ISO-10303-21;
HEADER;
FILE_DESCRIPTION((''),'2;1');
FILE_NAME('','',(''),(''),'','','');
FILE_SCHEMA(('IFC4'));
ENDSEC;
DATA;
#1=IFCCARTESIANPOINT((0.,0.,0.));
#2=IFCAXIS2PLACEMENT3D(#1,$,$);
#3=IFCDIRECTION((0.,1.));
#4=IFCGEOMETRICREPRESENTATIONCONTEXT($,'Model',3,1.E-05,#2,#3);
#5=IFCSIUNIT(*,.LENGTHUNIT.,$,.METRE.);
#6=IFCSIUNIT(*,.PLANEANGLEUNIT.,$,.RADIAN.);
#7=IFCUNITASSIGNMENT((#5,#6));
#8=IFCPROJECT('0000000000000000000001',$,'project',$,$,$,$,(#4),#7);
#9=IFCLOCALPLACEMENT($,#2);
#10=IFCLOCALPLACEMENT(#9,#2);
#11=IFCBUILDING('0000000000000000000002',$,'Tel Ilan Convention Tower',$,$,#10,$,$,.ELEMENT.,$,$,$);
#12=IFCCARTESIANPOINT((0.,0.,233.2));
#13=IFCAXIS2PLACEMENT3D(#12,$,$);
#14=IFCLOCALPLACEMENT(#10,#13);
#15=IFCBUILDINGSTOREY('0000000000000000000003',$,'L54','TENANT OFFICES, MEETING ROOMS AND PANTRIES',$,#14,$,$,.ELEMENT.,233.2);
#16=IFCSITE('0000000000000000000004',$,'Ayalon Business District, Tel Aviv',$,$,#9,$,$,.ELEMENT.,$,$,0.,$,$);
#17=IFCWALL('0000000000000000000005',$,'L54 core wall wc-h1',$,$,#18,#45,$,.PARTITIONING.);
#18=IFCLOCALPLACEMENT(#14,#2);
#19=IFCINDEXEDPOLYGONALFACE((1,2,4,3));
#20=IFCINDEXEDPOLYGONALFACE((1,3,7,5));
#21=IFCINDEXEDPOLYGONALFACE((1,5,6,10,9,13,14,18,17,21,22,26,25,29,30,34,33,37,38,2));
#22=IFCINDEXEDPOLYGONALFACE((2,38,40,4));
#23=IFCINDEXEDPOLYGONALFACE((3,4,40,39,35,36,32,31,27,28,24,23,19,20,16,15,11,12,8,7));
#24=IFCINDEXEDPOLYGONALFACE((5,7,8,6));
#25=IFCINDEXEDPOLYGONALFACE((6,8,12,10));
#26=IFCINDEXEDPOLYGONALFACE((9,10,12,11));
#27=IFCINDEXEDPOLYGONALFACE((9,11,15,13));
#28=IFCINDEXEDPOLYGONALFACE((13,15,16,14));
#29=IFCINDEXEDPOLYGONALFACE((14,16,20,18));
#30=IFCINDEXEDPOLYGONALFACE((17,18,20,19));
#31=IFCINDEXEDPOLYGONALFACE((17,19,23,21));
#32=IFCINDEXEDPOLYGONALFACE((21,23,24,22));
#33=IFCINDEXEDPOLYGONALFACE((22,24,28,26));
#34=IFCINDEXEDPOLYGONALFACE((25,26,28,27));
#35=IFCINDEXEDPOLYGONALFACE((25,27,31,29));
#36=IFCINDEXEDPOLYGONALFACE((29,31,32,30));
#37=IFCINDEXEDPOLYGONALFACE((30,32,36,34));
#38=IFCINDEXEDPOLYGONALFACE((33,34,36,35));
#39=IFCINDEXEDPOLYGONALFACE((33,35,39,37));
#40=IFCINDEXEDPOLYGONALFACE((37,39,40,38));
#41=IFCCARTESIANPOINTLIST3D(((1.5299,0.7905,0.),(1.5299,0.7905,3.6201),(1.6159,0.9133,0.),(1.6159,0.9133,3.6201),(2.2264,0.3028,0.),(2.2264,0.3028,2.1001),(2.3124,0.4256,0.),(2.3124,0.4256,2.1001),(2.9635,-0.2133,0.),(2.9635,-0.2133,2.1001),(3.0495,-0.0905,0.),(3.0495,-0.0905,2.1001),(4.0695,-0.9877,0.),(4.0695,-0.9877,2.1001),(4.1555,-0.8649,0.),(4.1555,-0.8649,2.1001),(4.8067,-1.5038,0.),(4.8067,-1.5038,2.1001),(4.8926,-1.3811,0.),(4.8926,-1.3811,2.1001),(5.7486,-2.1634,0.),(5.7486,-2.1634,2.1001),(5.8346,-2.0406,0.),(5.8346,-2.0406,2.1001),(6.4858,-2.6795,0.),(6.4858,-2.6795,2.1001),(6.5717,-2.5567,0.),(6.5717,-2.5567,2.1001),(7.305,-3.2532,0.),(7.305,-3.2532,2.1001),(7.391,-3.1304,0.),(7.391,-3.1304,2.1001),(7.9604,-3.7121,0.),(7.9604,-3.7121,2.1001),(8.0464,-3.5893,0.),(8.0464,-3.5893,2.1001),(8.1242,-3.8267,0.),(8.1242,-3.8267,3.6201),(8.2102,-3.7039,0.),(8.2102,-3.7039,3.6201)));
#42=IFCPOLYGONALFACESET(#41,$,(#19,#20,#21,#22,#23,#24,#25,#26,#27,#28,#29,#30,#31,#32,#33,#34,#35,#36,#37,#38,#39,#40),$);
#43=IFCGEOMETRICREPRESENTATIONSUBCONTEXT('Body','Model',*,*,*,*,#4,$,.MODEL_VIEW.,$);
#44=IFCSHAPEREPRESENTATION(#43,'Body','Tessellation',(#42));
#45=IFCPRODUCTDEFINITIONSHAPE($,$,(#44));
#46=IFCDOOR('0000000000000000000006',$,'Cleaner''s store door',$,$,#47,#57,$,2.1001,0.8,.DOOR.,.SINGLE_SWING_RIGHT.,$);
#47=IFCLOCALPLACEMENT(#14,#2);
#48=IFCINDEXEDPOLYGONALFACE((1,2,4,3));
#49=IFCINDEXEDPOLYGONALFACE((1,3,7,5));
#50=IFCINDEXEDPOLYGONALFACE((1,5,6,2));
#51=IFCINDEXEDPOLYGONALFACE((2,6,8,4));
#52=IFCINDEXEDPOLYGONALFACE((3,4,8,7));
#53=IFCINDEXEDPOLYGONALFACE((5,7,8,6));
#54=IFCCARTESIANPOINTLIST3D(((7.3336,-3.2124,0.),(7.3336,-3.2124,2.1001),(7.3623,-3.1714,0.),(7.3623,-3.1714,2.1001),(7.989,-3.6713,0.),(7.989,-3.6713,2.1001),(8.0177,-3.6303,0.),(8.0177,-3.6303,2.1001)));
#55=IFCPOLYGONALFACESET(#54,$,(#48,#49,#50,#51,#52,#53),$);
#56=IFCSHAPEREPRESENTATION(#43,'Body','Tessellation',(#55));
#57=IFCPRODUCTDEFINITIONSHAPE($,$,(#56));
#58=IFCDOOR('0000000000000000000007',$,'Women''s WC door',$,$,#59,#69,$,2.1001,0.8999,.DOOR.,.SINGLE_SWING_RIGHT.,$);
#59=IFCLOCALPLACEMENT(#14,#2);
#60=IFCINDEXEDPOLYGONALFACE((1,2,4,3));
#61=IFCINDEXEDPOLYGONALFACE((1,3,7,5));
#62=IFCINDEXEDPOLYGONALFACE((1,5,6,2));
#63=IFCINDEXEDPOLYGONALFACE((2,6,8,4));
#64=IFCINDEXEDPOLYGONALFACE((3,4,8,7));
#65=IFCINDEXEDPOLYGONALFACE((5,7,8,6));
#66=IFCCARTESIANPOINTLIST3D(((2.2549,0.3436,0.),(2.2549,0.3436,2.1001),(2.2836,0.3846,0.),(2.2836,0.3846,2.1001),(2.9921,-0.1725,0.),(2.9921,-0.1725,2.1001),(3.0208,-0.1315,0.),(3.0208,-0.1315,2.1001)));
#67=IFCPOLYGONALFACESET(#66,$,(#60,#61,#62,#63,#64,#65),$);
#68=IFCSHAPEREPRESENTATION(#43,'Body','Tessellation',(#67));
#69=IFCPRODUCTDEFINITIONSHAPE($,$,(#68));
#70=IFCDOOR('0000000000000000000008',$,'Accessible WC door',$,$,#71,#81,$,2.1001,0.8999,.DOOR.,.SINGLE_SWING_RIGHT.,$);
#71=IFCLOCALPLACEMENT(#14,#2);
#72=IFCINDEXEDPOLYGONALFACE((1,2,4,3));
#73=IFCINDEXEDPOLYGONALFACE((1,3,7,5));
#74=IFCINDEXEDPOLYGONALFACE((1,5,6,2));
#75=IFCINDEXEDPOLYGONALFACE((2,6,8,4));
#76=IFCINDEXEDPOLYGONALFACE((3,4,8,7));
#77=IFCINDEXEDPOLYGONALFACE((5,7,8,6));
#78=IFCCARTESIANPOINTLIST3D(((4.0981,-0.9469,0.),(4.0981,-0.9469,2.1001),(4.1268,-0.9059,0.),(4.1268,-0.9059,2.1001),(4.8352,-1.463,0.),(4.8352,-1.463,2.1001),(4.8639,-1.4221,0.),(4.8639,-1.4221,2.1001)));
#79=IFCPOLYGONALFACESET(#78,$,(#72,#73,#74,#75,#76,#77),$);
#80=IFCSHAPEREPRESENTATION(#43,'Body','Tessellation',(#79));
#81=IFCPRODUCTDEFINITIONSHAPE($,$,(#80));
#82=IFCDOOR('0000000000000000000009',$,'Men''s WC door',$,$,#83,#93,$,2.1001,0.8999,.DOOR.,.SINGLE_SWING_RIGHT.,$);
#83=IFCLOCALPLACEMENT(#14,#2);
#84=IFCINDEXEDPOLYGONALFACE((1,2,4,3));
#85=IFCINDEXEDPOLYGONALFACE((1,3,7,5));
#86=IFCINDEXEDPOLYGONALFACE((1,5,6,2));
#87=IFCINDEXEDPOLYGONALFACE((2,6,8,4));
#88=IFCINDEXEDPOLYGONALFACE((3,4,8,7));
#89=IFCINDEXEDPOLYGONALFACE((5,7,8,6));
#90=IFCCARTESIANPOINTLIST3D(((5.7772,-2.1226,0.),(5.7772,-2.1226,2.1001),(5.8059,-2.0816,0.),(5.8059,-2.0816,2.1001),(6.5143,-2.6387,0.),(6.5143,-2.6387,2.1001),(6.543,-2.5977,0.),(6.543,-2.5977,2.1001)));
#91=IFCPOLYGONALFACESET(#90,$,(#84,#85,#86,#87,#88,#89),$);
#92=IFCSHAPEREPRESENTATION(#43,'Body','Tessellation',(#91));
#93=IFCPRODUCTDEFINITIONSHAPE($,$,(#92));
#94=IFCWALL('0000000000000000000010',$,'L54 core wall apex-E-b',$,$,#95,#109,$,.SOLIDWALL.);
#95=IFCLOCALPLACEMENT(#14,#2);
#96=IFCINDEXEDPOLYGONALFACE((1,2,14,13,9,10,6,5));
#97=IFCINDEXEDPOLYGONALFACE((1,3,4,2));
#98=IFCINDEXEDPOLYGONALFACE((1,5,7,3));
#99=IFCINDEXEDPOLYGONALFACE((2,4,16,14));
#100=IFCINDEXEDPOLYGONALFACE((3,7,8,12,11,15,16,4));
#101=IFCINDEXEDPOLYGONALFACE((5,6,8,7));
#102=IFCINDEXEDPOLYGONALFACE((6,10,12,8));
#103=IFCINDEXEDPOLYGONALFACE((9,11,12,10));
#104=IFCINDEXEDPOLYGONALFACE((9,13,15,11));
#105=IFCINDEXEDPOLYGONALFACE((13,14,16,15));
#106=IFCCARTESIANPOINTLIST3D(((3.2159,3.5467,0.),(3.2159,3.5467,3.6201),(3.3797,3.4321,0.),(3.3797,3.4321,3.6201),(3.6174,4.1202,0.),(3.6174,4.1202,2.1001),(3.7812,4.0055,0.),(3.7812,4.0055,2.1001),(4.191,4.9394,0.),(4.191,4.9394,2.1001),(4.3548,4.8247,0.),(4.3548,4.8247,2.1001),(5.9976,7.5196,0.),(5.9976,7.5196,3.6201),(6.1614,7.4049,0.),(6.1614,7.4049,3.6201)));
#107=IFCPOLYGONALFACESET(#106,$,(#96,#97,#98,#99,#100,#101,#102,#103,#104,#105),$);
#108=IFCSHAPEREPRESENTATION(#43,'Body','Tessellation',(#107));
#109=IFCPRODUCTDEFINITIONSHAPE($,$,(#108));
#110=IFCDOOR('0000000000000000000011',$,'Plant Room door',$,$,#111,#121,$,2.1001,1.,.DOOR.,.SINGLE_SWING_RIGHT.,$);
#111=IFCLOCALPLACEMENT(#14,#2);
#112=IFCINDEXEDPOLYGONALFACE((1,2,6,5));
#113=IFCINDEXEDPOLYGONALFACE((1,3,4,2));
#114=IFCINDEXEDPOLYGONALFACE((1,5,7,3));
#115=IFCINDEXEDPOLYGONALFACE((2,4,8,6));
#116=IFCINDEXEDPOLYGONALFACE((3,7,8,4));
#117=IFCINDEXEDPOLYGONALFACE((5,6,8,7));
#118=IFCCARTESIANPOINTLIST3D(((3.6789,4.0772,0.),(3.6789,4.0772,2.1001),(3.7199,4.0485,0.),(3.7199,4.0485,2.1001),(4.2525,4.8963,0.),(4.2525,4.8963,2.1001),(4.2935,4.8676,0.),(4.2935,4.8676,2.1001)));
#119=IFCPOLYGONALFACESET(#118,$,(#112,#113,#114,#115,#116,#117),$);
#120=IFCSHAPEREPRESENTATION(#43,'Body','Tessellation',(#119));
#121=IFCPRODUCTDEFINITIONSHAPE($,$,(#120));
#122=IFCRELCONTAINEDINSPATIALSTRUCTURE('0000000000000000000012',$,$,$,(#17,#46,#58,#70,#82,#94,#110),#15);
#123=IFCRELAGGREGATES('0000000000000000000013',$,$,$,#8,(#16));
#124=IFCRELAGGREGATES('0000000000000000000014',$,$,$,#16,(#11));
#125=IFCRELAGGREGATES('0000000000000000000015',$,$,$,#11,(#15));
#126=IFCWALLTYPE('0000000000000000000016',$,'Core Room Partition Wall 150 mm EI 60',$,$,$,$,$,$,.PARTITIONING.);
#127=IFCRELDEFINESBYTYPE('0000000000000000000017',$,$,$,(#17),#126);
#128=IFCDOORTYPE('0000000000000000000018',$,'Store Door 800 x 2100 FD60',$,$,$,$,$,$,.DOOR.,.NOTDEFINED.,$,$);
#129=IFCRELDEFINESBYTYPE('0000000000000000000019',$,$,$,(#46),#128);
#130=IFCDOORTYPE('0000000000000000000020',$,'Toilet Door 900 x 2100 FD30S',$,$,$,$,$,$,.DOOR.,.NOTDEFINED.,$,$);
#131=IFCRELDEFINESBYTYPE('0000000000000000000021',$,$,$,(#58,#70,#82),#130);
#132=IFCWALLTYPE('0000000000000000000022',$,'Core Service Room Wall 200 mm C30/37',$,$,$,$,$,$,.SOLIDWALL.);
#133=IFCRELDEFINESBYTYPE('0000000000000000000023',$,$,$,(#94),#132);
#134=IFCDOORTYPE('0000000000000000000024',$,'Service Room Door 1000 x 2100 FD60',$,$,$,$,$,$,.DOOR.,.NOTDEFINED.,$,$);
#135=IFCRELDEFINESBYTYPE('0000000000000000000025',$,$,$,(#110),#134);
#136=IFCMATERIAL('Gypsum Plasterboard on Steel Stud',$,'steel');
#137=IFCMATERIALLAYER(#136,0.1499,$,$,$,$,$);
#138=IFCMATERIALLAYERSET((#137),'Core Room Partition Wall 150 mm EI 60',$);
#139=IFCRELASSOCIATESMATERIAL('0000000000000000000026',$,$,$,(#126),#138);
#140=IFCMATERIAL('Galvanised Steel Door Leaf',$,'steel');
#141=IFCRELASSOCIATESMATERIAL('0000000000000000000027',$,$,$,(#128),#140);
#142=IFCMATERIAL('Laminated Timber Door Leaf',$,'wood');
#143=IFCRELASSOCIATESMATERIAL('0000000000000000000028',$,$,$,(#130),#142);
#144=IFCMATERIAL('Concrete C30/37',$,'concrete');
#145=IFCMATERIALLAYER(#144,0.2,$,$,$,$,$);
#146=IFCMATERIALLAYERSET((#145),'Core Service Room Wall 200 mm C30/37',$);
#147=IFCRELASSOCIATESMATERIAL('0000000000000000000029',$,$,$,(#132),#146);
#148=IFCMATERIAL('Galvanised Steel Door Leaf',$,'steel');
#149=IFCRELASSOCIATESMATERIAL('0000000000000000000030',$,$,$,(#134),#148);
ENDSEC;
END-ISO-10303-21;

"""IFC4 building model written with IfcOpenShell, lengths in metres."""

from ifc_helpers import new_model, si_unit, direction, frame, frame_2d, origin, place, context, subcontext, project, spatial, rectangle, extrude, material, layer, layer_set, type_object, element, fill, save


model = new_model("IFC4")

# Units and contexts
model_context = context("Model", 3, precision=1e-05, world=origin(), true_north=direction((0.0, 1.0)))
body_context = subcontext(model_context, "Body", "Model", "MODEL_VIEW")
ifc_project = project(units=[si_unit("LENGTHUNIT", "METRE"), si_unit("PLANEANGLEUNIT", "RADIAN")], contexts=[model_context])

# Site, building, storey
site_placement = place(None, origin())
site = spatial("IfcSite", under=ifc_project, at=site_placement, Name="Ayalon Business District, Tel Aviv", CompositionType="ELEMENT", RefElevation=0.0)
building_placement = place(site_placement, origin())
building = spatial("IfcBuilding", under=site, at=building_placement, Name="Tel Ilan Convention Tower", CompositionType="ELEMENT")
storey_placement = place(building_placement, frame((0.0, 0.0, 233.2)))
storey = spatial("IfcBuildingStorey", under=building, at=storey_placement, Name="L54", Description="TENANT OFFICES, MEETING ROOMS AND PANTRIES", CompositionType="ELEMENT", Elevation=233.2)

# Wall, openings, doors
ifc_material_1 = material(Name="Gypsum Plasterboard on Steel Stud", Category="steel")
ifc_layer_1 = layer(ifc_material_1, 0.1499)
ifc_layer_set_1 = layer_set([ifc_layer_1], Name="Core Room Partition Wall 150 mm EI 60")
wall_type_1 = type_object("IfcWallType", Name="Core Room Partition Wall 150 mm EI 60", PredefinedType="PARTITIONING", material=ifc_layer_set_1)
wall_1_placement = place(storey_placement, frame((1.573, 0.8518, 0.0), z_axis=(0.0, 0.0, 1.0), x_axis=(0.819161, -0.573564, 0.0)))
wall_1 = element("IfcWall", 1, at=wall_1_placement, inside=storey, type_object=wall_type_1, Name="L54 core wall wc-h1", PredefinedType="PARTITIONING", context=body_context, shape_type="SweptSolid", body=[
    extrude(rectangle(XDim=8.05, YDim=0.1499, at=frame_2d((4.0249, 0.0))), origin(), (0.0, 0.0, 1.0), 3.6201),
])
opening_1_placement = place(wall_1_placement, frame((0.8501, 0.0, 0.0)))
opening_1 = element("IfcOpeningElement", 2, at=opening_1_placement, cuts=wall_1, PredefinedType="OPENING", context=body_context, shape_type="SweptSolid", body=[
    extrude(rectangle(XDim=0.8999, YDim=2.1001, at=frame_2d((0.45, 1.05))), frame((0.0, 0.085, 0.0), z_axis=(0.0, -1.0, 0.0), x_axis=(1.0, 0.0, 0.0)), (0.0, 0.0, 1.0), 0.1699),
])
opening_2_placement = place(wall_1_placement, frame((3.1001, 0.0, 0.0)))
opening_2 = element("IfcOpeningElement", 3, at=opening_2_placement, cuts=wall_1, PredefinedType="OPENING", context=body_context, shape_type="SweptSolid", body=[
    extrude(rectangle(XDim=0.8999, YDim=2.1001, at=frame_2d((0.45, 1.05))), frame((0.0, 0.085, 0.0), z_axis=(0.0, -1.0, 0.0), x_axis=(1.0, 0.0, 0.0)), (0.0, 0.0, 1.0), 0.1699),
])
opening_3_placement = place(wall_1_placement, frame((5.1499, 0.0, 0.0)))
opening_3 = element("IfcOpeningElement", 4, at=opening_3_placement, cuts=wall_1, PredefinedType="OPENING", context=body_context, shape_type="SweptSolid", body=[
    extrude(rectangle(XDim=0.8999, YDim=2.1001, at=frame_2d((0.45, 1.05))), frame((0.0, 0.085, 0.0), z_axis=(0.0, -1.0, 0.0), x_axis=(1.0, 0.0, 0.0)), (0.0, 0.0, 1.0), 0.1699),
])
opening_4_placement = place(wall_1_placement, frame((7.05, 0.0, 0.0)))
opening_4 = element("IfcOpeningElement", 5, at=opening_4_placement, cuts=wall_1, PredefinedType="OPENING", context=body_context, shape_type="SweptSolid", body=[
    extrude(rectangle(XDim=0.8, YDim=2.1001, at=frame_2d((0.3999, 1.05))), frame((0.0, 0.085, 0.0), z_axis=(0.0, -1.0, 0.0), x_axis=(1.0, 0.0, 0.0)), (0.0, 0.0, 1.0), 0.1699),
])
ifc_material_2 = material(Name="Galvanised Steel Door Leaf", Category="steel")
door_type_1 = type_object("IfcDoorType", Name="Store Door 800 x 2100 FD60", OperationType="NOTDEFINED", PredefinedType="DOOR", material=ifc_material_2)
door_1_placement = place(opening_4_placement, origin())
door_1 = element("IfcDoor", 6, at=door_1_placement, inside=storey, type_object=door_type_1, Name="Cleaner's store door", OperationType="SINGLE_SWING_RIGHT", OverallHeight=2.1001, OverallWidth=0.8, PredefinedType="DOOR", context=body_context, shape_type="SweptSolid", body=[
    extrude(rectangle(XDim=0.8, YDim=2.1001, at=frame_2d((0.3999, 1.05))), frame((0.0, 0.0249, 0.0), z_axis=(0.0, -1.0, 0.0), x_axis=(1.0, 0.0, 0.0)), (0.0, 0.0, 1.0), 0.05),
])
fill(opening_4, door_1)
ifc_material_3 = material(Name="Laminated Timber Door Leaf", Category="wood")
door_type_2 = type_object("IfcDoorType", Name="Toilet Door 900 x 2100 FD30S", OperationType="NOTDEFINED", PredefinedType="DOOR", material=ifc_material_3)
door_2_placement = place(opening_1_placement, origin())
door_2 = element("IfcDoor", 7, at=door_2_placement, inside=storey, type_object=door_type_2, Name="Women's WC door", OperationType="SINGLE_SWING_RIGHT", OverallHeight=2.1001, OverallWidth=0.8999, PredefinedType="DOOR", context=body_context, shape_type="SweptSolid", body=[
    extrude(rectangle(XDim=0.8999, YDim=2.1001, at=frame_2d((0.45, 1.05))), frame((0.0, 0.0249, 0.0), z_axis=(0.0, -1.0, 0.0), x_axis=(1.0, 0.0, 0.0)), (0.0, 0.0, 1.0), 0.05),
])
fill(opening_1, door_2)
door_3_placement = place(opening_2_placement, origin())
door_3 = element("IfcDoor", 8, at=door_3_placement, inside=storey, type_object=door_type_2, Name="Accessible WC door", OperationType="SINGLE_SWING_RIGHT", OverallHeight=2.1001, OverallWidth=0.8999, PredefinedType="DOOR", context=body_context, shape_type="SweptSolid", body=[
    extrude(rectangle(XDim=0.8999, YDim=2.1001, at=frame_2d((0.45, 1.05))), frame((0.0, 0.0249, 0.0), z_axis=(0.0, -1.0, 0.0), x_axis=(1.0, 0.0, 0.0)), (0.0, 0.0, 1.0), 0.05),
])
fill(opening_2, door_3)
door_4_placement = place(opening_3_placement, origin())
door_4 = element("IfcDoor", 9, at=door_4_placement, inside=storey, type_object=door_type_2, Name="Men's WC door", OperationType="SINGLE_SWING_RIGHT", OverallHeight=2.1001, OverallWidth=0.8999, PredefinedType="DOOR", context=body_context, shape_type="SweptSolid", body=[
    extrude(rectangle(XDim=0.8999, YDim=2.1001, at=frame_2d((0.45, 1.05))), frame((0.0, 0.0249, 0.0), z_axis=(0.0, -1.0, 0.0), x_axis=(1.0, 0.0, 0.0)), (0.0, 0.0, 1.0), 0.05),
])
fill(opening_3, door_4)

# Wall, opening, door
ifc_material_4 = material(Name="Concrete C30/37", Category="concrete")
ifc_layer_2 = layer(ifc_material_4, 0.2)
ifc_layer_set_2 = layer_set([ifc_layer_2], Name="Core Service Room Wall 200 mm C30/37")
wall_type_2 = type_object("IfcWallType", Name="Core Service Room Wall 200 mm C30/37", PredefinedType="SOLIDWALL", material=ifc_layer_set_2)
wall_2_placement = place(storey_placement, frame((3.2979, 3.4895, 0.0), z_axis=(0.0, 0.0, 1.0), x_axis=(0.57356, 0.819163, 0.0)))
wall_2 = element("IfcWall", 10, at=wall_2_placement, inside=storey, type_object=wall_type_2, Name="L54 core wall apex-E-b", PredefinedType="SOLIDWALL", context=body_context, shape_type="SweptSolid", body=[
    extrude(rectangle(XDim=4.8499, YDim=0.2, at=frame_2d((2.4248, 0.0))), origin(), (0.0, 0.0, 1.0), 3.6201),
])
opening_5_placement = place(wall_2_placement, frame((0.7, 0.0, 0.0)))
opening_5 = element("IfcOpeningElement", 11, at=opening_5_placement, cuts=wall_2, PredefinedType="OPENING", context=body_context, shape_type="SweptSolid", body=[
    extrude(rectangle(XDim=1.0, YDim=2.1001, at=frame_2d((0.5, 1.05))), frame((0.0, 0.1099, 0.0), z_axis=(0.0, -1.0, 0.0), x_axis=(1.0, 0.0, 0.0)), (0.0, 0.0, 1.0), 0.22),
])
ifc_material_5 = material(Name="Galvanised Steel Door Leaf", Category="steel")
door_type_3 = type_object("IfcDoorType", Name="Service Room Door 1000 x 2100 FD60", OperationType="NOTDEFINED", PredefinedType="DOOR", material=ifc_material_5)
door_5_placement = place(opening_5_placement, origin())
door_5 = element("IfcDoor", 12, at=door_5_placement, inside=storey, type_object=door_type_3, Name="Plant Room door", OperationType="SINGLE_SWING_RIGHT", OverallHeight=2.1001, OverallWidth=1.0, PredefinedType="DOOR", context=body_context, shape_type="SweptSolid", body=[
    extrude(rectangle(XDim=1.0, YDim=2.1001, at=frame_2d((0.5, 1.05))), frame((0.0, 0.0249, 0.0), z_axis=(0.0, -1.0, 0.0), x_axis=(1.0, 0.0, 0.0)), (0.0, 0.0, 1.0), 0.05),
])
fill(opening_5, door_5)

save(model, "model.ifc")
